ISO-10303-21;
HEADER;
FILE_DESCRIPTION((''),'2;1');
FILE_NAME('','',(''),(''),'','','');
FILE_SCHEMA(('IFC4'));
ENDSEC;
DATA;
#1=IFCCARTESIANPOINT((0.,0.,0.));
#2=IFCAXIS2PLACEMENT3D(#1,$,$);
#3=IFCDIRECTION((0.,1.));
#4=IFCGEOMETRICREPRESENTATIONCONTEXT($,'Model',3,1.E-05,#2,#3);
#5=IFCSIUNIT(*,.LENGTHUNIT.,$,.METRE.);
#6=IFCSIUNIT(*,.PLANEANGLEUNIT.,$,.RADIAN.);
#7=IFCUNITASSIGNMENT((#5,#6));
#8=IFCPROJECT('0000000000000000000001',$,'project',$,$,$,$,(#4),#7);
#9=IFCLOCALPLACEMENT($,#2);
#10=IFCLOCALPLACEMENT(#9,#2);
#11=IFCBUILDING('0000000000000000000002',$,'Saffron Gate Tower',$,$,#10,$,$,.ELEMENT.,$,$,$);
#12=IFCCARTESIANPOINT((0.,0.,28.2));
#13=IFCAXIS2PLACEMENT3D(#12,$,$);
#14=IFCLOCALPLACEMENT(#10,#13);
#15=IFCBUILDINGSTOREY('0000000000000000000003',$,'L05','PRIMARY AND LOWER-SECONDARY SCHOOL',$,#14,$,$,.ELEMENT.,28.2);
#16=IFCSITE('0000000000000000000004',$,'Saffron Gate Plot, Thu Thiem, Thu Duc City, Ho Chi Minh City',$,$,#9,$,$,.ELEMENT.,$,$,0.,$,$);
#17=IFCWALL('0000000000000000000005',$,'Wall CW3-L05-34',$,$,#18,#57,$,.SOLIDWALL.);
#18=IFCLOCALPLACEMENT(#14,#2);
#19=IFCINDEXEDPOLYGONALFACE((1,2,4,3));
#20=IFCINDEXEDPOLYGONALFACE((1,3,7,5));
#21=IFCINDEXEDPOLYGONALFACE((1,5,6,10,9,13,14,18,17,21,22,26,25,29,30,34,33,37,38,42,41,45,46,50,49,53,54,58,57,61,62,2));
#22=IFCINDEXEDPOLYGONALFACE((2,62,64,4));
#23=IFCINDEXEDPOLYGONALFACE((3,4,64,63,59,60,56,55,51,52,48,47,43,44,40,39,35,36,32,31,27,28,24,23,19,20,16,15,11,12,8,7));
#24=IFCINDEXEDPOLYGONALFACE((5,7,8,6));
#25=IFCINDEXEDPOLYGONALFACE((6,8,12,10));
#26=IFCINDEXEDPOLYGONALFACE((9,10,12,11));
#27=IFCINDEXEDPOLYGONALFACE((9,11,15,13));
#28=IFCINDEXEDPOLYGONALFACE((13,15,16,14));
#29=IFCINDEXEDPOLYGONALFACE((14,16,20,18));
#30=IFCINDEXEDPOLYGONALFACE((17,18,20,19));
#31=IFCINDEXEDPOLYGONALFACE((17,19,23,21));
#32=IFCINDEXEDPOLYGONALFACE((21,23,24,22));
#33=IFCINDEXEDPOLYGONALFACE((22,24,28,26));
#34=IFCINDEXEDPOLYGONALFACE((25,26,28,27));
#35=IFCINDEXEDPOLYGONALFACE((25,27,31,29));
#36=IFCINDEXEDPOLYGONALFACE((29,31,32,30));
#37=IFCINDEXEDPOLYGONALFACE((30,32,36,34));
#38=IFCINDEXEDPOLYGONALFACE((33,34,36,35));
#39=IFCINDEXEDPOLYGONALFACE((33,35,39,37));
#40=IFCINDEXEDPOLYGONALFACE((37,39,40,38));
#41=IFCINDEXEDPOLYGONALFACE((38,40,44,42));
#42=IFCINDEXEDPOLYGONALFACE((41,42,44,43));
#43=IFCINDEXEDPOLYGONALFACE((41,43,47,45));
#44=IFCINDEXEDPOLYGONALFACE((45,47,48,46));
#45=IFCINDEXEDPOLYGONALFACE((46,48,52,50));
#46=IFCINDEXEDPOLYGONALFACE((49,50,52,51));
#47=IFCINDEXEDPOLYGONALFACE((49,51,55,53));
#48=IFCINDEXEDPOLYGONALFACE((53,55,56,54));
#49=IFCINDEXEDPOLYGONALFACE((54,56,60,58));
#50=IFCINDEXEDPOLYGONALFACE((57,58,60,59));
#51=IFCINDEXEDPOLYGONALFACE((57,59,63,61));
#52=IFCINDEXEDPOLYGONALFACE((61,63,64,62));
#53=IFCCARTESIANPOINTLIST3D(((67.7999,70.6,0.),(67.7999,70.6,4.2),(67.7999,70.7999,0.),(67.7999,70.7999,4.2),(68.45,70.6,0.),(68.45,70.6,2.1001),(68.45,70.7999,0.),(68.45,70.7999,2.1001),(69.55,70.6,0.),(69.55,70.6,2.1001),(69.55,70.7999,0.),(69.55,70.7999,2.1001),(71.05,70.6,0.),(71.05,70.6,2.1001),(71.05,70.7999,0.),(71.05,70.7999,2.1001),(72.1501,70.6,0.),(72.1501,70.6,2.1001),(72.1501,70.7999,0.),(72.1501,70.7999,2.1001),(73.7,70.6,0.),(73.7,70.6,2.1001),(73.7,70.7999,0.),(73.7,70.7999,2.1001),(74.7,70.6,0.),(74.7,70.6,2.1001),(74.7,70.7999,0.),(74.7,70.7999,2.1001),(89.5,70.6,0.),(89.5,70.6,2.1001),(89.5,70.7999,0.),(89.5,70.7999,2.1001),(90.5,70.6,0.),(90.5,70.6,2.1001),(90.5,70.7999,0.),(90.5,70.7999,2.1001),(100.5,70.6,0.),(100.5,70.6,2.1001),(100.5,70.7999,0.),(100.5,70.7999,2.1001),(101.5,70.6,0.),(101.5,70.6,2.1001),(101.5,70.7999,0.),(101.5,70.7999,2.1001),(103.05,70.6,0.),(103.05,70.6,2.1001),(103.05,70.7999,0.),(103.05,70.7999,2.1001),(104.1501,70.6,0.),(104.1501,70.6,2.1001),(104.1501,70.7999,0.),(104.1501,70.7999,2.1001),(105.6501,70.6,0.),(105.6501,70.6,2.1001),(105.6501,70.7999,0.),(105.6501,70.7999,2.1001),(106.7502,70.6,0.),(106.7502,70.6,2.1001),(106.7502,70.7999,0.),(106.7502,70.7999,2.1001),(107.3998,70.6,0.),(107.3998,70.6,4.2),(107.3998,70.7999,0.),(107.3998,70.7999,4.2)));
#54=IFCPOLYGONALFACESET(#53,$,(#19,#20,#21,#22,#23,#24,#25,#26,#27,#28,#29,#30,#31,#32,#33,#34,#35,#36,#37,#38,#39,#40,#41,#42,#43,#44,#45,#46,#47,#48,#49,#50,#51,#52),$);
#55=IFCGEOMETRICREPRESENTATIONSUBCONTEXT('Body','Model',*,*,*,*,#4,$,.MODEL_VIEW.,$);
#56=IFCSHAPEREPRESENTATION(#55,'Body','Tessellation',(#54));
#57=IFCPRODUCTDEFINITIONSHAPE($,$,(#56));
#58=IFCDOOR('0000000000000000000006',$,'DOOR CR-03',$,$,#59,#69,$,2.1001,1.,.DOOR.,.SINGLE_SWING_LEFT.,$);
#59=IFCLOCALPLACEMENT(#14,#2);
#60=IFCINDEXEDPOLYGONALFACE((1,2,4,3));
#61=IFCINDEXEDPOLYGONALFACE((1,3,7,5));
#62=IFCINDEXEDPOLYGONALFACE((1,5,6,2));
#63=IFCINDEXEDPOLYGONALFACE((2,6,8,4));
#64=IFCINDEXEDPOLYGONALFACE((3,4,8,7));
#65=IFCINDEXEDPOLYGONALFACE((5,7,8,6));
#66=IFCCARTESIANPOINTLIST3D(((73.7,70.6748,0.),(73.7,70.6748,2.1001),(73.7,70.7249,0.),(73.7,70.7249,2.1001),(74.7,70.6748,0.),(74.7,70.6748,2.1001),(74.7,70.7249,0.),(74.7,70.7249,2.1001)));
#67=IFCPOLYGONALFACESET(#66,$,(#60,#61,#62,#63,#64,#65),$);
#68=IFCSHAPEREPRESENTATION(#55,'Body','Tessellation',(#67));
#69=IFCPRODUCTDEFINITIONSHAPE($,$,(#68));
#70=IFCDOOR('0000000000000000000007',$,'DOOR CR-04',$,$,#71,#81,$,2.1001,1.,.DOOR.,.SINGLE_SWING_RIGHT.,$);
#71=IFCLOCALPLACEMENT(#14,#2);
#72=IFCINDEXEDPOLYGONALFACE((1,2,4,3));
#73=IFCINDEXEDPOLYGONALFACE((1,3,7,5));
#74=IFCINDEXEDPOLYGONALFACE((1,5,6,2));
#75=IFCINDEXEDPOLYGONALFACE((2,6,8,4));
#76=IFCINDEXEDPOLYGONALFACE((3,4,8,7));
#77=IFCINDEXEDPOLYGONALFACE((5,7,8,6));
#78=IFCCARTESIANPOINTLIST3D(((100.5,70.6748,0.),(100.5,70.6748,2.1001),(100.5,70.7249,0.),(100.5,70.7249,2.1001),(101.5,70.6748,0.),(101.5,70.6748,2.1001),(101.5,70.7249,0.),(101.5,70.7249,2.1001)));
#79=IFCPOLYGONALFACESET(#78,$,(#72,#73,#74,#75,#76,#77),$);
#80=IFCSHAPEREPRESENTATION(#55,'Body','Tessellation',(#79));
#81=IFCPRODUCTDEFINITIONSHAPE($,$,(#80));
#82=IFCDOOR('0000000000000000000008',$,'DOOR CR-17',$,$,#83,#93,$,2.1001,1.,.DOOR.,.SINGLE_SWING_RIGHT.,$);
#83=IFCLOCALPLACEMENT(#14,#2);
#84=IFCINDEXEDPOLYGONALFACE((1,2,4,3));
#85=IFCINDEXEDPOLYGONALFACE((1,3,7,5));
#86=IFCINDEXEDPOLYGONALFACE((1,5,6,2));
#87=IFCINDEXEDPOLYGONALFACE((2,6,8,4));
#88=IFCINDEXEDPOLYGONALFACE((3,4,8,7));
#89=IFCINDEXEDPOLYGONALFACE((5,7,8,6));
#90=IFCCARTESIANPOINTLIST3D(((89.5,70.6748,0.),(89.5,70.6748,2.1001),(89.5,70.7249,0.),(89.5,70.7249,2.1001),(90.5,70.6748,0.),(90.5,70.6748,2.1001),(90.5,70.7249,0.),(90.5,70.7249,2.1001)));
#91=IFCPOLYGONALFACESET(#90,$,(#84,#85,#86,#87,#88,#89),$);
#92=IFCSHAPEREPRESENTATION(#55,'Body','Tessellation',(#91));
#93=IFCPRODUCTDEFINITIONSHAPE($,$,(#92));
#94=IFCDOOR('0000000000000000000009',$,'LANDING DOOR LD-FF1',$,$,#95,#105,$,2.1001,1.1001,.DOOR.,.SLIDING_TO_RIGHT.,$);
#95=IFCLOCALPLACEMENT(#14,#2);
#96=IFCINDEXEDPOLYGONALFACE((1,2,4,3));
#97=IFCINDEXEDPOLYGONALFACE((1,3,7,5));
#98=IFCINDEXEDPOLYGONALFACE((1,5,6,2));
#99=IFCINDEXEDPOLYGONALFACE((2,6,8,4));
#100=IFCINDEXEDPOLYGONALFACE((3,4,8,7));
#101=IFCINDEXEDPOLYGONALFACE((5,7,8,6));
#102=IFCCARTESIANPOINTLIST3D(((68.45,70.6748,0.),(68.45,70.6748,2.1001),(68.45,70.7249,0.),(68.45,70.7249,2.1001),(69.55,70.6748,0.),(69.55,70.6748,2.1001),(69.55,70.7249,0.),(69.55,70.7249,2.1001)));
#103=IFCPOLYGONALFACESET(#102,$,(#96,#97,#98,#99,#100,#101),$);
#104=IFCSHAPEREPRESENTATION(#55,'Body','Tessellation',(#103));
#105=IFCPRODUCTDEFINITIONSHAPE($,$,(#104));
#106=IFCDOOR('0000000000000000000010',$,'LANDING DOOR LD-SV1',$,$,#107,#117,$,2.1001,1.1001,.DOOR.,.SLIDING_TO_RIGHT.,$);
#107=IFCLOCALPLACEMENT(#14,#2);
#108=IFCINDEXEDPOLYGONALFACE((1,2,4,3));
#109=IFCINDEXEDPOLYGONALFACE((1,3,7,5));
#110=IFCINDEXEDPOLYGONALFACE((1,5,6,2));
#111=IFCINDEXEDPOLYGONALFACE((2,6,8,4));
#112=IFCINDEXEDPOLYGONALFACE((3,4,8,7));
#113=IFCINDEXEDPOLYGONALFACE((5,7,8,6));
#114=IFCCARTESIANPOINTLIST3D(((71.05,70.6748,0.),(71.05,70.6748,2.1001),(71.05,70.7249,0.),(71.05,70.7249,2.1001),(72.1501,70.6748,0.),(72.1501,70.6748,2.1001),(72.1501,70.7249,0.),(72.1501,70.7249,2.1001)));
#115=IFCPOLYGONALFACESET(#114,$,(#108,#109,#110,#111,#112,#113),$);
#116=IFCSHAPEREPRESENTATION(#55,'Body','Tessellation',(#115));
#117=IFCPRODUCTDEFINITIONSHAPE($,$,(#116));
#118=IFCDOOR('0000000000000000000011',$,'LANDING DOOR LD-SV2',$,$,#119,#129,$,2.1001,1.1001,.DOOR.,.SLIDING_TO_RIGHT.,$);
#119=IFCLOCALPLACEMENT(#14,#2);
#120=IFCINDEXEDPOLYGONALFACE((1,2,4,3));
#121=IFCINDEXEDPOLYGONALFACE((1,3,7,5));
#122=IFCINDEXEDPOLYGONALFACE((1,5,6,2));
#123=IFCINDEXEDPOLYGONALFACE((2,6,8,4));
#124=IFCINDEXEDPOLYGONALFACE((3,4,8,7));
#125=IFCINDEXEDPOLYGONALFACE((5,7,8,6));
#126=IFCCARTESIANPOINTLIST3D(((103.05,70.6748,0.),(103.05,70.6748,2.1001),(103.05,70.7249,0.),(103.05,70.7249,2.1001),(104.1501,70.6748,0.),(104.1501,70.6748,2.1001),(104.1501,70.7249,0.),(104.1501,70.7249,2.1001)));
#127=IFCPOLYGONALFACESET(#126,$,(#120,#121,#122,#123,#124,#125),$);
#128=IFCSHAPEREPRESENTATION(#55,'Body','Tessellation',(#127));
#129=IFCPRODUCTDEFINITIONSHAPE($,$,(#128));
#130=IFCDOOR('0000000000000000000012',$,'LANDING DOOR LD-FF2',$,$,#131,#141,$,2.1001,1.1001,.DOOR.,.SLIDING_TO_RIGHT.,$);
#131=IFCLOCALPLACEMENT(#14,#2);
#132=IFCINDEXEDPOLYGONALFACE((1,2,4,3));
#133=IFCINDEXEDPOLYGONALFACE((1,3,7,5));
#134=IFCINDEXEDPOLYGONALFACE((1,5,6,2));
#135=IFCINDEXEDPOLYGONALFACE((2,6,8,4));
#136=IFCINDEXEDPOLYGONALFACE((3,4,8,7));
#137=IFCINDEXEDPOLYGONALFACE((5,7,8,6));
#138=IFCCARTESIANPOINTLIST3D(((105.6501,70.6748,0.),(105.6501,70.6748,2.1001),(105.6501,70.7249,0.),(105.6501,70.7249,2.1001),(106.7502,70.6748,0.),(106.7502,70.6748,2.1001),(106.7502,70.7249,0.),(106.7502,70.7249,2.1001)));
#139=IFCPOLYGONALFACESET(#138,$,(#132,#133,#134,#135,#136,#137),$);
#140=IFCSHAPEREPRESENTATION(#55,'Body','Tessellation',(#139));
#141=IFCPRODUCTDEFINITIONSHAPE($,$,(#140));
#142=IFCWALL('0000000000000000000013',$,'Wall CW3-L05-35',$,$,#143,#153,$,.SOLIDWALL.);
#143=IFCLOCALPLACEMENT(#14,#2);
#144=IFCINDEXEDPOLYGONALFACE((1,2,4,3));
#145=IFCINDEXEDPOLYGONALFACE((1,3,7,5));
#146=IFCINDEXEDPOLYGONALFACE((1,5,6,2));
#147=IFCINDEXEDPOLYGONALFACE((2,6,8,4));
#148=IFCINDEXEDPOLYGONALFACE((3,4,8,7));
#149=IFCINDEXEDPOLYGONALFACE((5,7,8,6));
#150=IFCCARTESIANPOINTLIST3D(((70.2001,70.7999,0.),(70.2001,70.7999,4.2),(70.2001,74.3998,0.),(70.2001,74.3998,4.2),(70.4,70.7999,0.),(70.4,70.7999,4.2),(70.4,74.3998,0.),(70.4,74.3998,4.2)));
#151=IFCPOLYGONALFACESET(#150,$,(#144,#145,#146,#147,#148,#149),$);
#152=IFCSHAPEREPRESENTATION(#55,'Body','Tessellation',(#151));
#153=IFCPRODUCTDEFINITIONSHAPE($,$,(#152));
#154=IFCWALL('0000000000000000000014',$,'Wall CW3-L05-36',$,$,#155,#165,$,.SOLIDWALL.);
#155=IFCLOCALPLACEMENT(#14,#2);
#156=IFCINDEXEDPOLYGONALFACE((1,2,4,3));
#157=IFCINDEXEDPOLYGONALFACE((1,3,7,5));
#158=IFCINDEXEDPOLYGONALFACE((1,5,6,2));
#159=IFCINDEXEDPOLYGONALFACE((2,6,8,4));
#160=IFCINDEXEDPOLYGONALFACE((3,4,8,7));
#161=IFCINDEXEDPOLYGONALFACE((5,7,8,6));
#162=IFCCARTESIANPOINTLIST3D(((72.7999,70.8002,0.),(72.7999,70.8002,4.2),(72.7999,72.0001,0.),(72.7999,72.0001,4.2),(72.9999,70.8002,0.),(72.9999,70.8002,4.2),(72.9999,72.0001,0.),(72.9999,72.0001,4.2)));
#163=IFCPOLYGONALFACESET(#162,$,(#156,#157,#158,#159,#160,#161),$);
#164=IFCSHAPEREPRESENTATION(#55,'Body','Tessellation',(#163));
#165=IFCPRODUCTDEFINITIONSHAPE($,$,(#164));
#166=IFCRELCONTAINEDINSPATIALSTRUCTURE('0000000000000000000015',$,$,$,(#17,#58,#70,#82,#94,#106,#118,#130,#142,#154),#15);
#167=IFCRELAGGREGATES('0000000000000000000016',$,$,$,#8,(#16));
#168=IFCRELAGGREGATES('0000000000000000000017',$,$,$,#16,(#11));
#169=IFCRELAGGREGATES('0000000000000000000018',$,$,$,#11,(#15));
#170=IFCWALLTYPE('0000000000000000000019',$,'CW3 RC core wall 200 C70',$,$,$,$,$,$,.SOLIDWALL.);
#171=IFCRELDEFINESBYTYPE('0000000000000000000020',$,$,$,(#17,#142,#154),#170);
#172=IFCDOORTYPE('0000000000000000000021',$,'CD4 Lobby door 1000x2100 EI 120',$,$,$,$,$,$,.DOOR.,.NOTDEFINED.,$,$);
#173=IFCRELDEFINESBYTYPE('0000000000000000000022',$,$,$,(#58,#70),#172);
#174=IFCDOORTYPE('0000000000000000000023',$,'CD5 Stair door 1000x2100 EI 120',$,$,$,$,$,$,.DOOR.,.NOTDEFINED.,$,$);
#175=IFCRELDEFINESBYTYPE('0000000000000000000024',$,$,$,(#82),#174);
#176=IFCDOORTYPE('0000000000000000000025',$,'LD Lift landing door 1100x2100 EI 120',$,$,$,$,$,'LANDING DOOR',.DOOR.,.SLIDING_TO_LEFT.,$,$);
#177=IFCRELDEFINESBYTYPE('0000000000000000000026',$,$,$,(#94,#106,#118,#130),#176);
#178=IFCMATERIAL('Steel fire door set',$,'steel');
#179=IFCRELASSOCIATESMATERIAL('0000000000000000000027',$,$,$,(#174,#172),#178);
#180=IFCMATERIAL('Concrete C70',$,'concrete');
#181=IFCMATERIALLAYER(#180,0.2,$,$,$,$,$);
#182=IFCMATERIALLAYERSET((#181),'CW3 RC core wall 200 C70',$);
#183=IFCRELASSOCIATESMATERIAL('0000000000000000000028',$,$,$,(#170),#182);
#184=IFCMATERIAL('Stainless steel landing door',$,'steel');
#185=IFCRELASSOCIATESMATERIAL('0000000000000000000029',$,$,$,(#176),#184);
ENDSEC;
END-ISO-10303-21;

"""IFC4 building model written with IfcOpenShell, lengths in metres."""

from ifc_helpers import new_model, si_unit, direction, frame, frame_2d, origin, place, context, subcontext, project, spatial, rectangle, extrude, material, layer, layer_set, type_object, element, fill, save


model = new_model("IFC4")

# Units and contexts
model_context = context("Model", 3, precision=1e-05, world=origin(), true_north=direction((0.0, 1.0)))
body_context = subcontext(model_context, "Body", "Model", "MODEL_VIEW")
ifc_project = project(units=[si_unit("LENGTHUNIT", "METRE"), si_unit("PLANEANGLEUNIT", "RADIAN")], contexts=[model_context])

# Site, building, storey
site_placement = place(None, origin())
site = spatial("IfcSite", under=ifc_project, at=site_placement, Name="Saffron Gate Plot, Thu Thiem, Thu Duc City, Ho Chi Minh City", CompositionType="ELEMENT", RefElevation=0.0)
building_placement = place(site_placement, origin())
building = spatial("IfcBuilding", under=site, at=building_placement, Name="Saffron Gate Tower", CompositionType="ELEMENT")
storey_placement = place(building_placement, frame((0.0, 0.0, 28.2)))
storey = spatial("IfcBuildingStorey", under=building, at=storey_placement, Name="L05", Description="PRIMARY AND LOWER-SECONDARY SCHOOL", CompositionType="ELEMENT", Elevation=28.2)

# Wall, openings, doors
ifc_material_1 = material(Name="Concrete C70", Category="concrete")
ifc_material_2 = material(Name="Steel fire door set", Category="steel")
door_type_1 = type_object("IfcDoorType", Name="CD5 Stair door 1000x2100 EI 120", OperationType="NOTDEFINED", PredefinedType="DOOR", material=ifc_material_2)
ifc_layer_1 = layer(ifc_material_1, 0.2)
ifc_layer_set_1 = layer_set([ifc_layer_1], Name="CW3 RC core wall 200 C70")
wall_type_1 = type_object("IfcWallType", Name="CW3 RC core wall 200 C70", PredefinedType="SOLIDWALL", material=ifc_layer_set_1)
wall_1_placement = place(storey_placement, frame((67.8, 70.7, 0.0), z_axis=(0.0, 0.0, 1.0), x_axis=(1.0, 0.0, 0.0)))
wall_1 = element("IfcWall", 1, at=wall_1_placement, inside=storey, type_object=wall_type_1, Name="Wall CW3-L05-34", PredefinedType="SOLIDWALL", context=body_context, shape_type="SweptSolid", body=[
    extrude(rectangle(XDim=39.5999, YDim=0.2, at=frame_2d((19.7998, 0.0))), origin(), (0.0, 0.0, 1.0), 4.2),
])
opening_1_placement = place(wall_1_placement, frame((0.6499, 0.0, 0.0)))
opening_1 = element("IfcOpeningElement", 2, at=opening_1_placement, cuts=wall_1, PredefinedType="OPENING", context=body_context, shape_type="SweptSolid", body=[
    extrude(rectangle(XDim=1.1001, YDim=2.1001, at=frame_2d((0.55, 1.05))), frame((0.0, 0.1099, 0.0), z_axis=(0.0, -1.0, 0.0), x_axis=(1.0, 0.0, 0.0)), (0.0, 0.0, 1.0), 0.22),
])
opening_2_placement = place(wall_1_placement, frame((3.25, 0.0, 0.0)))
opening_2 = element("IfcOpeningElement", 3, at=opening_2_placement, cuts=wall_1, PredefinedType="OPENING", context=body_context, shape_type="SweptSolid", body=[
    extrude(rectangle(XDim=1.1001, YDim=2.1001, at=frame_2d((0.55, 1.05))), frame((0.0, 0.1099, 0.0), z_axis=(0.0, -1.0, 0.0), x_axis=(1.0, 0.0, 0.0)), (0.0, 0.0, 1.0), 0.22),
])
opening_3_placement = place(wall_1_placement, frame((5.8999, 0.0, 0.0)))
opening_3 = element("IfcOpeningElement", 4, at=opening_3_placement, cuts=wall_1, PredefinedType="OPENING", context=body_context, shape_type="SweptSolid", body=[
    extrude(rectangle(XDim=1.0, YDim=2.1001, at=frame_2d((0.5, 1.05))), frame((0.0, 0.1099, 0.0), z_axis=(0.0, -1.0, 0.0), x_axis=(1.0, 0.0, 0.0)), (0.0, 0.0, 1.0), 0.22),
])
opening_4_placement = place(wall_1_placement, frame((21.7, 0.0, 0.0)))
opening_4 = element("IfcOpeningElement", 5, at=opening_4_placement, cuts=wall_1, PredefinedType="OPENING", context=body_context, shape_type="SweptSolid", body=[
    extrude(rectangle(XDim=1.0, YDim=2.1001, at=frame_2d((0.5, 1.05))), frame((0.0, 0.1099, 0.0), z_axis=(0.0, -1.0, 0.0), x_axis=(1.0, 0.0, 0.0)), (0.0, 0.0, 1.0), 0.22),
])
opening_5_placement = place(wall_1_placement, frame((32.7, 0.0, 0.0)))
opening_5 = element("IfcOpeningElement", 6, at=opening_5_placement, cuts=wall_1, PredefinedType="OPENING", context=body_context, shape_type="SweptSolid", body=[
    extrude(rectangle(XDim=1.0, YDim=2.1001, at=frame_2d((0.5, 1.05))), frame((0.0, 0.1099, 0.0), z_axis=(0.0, -1.0, 0.0), x_axis=(1.0, 0.0, 0.0)), (0.0, 0.0, 1.0), 0.22),
])
opening_6_placement = place(wall_1_placement, frame((35.25, 0.0, 0.0)))
opening_6 = element("IfcOpeningElement", 7, at=opening_6_placement, cuts=wall_1, PredefinedType="OPENING", context=body_context, shape_type="SweptSolid", body=[
    extrude(rectangle(XDim=1.1001, YDim=2.1001, at=frame_2d((0.55, 1.05))), frame((0.0, 0.1099, 0.0), z_axis=(0.0, -1.0, 0.0), x_axis=(1.0, 0.0, 0.0)), (0.0, 0.0, 1.0), 0.22),
])
opening_7_placement = place(wall_1_placement, frame((37.8501, 0.0, 0.0)))
opening_7 = element("IfcOpeningElement", 8, at=opening_7_placement, cuts=wall_1, PredefinedType="OPENING", context=body_context, shape_type="SweptSolid", body=[
    extrude(rectangle(XDim=1.1001, YDim=2.1001, at=frame_2d((0.55, 1.05))), frame((0.0, 0.1099, 0.0), z_axis=(0.0, -1.0, 0.0), x_axis=(1.0, 0.0, 0.0)), (0.0, 0.0, 1.0), 0.22),
])
door_type_2 = type_object("IfcDoorType", Name="CD4 Lobby door 1000x2100 EI 120", OperationType="NOTDEFINED", PredefinedType="DOOR", material=ifc_material_2)
door_1_placement = place(opening_3_placement, origin())
door_1 = element("IfcDoor", 9, at=door_1_placement, inside=storey, type_object=door_type_2, Name="DOOR CR-03", OperationType="SINGLE_SWING_LEFT", OverallHeight=2.1001, OverallWidth=1.0, PredefinedType="DOOR", context=body_context, shape_type="SweptSolid", body=[
    extrude(rectangle(XDim=1.0, YDim=2.1001, at=frame_2d((0.5, 1.05))), frame((0.0, 0.0249, 0.0), z_axis=(0.0, -1.0, 0.0), x_axis=(1.0, 0.0, 0.0)), (0.0, 0.0, 1.0), 0.05),
])
fill(opening_3, door_1)
door_2_placement = place(opening_5_placement, origin())
door_2 = element("IfcDoor", 10, at=door_2_placement, inside=storey, type_object=door_type_2, Name="DOOR CR-04", OperationType="SINGLE_SWING_RIGHT", OverallHeight=2.1001, OverallWidth=1.0, PredefinedType="DOOR", context=body_context, shape_type="SweptSolid", body=[
    extrude(rectangle(XDim=1.0, YDim=2.1001, at=frame_2d((0.5, 1.05))), frame((0.0, 0.0249, 0.0), z_axis=(0.0, -1.0, 0.0), x_axis=(1.0, 0.0, 0.0)), (0.0, 0.0, 1.0), 0.05),
])
fill(opening_5, door_2)
door_3_placement = place(opening_4_placement, origin())
door_3 = element("IfcDoor", 11, at=door_3_placement, inside=storey, type_object=door_type_1, Name="DOOR CR-17", OperationType="SINGLE_SWING_RIGHT", OverallHeight=2.1001, OverallWidth=1.0, PredefinedType="DOOR", context=body_context, shape_type="SweptSolid", body=[
    extrude(rectangle(XDim=1.0, YDim=2.1001, at=frame_2d((0.5, 1.05))), frame((0.0, 0.0249, 0.0), z_axis=(0.0, -1.0, 0.0), x_axis=(1.0, 0.0, 0.0)), (0.0, 0.0, 1.0), 0.05),
])
fill(opening_4, door_3)
ifc_material_3 = material(Name="Stainless steel landing door", Category="steel")
door_type_3 = type_object("IfcDoorType", Name="LD Lift landing door 1100x2100 EI 120", ElementType="LANDING DOOR", OperationType="SLIDING_TO_LEFT", PredefinedType="DOOR", material=ifc_material_3)
door_4_placement = place(opening_1_placement, origin())
door_4 = element("IfcDoor", 12, at=door_4_placement, inside=storey, type_object=door_type_3, Name="LANDING DOOR LD-FF1", OperationType="SLIDING_TO_RIGHT", OverallHeight=2.1001, OverallWidth=1.1001, PredefinedType="DOOR", context=body_context, shape_type="SweptSolid", body=[
    extrude(rectangle(XDim=1.1001, YDim=2.1001, at=frame_2d((0.55, 1.05))), frame((0.0, 0.0249, 0.0), z_axis=(0.0, -1.0, 0.0), x_axis=(1.0, 0.0, 0.0)), (0.0, 0.0, 1.0), 0.05),
])
fill(opening_1, door_4)
door_5_placement = place(opening_2_placement, origin())
door_5 = element("IfcDoor", 13, at=door_5_placement, inside=storey, type_object=door_type_3, Name="LANDING DOOR LD-SV1", OperationType="SLIDING_TO_RIGHT", OverallHeight=2.1001, OverallWidth=1.1001, PredefinedType="DOOR", context=body_context, shape_type="SweptSolid", body=[
    extrude(rectangle(XDim=1.1001, YDim=2.1001, at=frame_2d((0.55, 1.05))), frame((0.0, 0.0249, 0.0), z_axis=(0.0, -1.0, 0.0), x_axis=(1.0, 0.0, 0.0)), (0.0, 0.0, 1.0), 0.05),
])
fill(opening_2, door_5)
door_6_placement = place(opening_6_placement, origin())
door_6 = element("IfcDoor", 14, at=door_6_placement, inside=storey, type_object=door_type_3, Name="LANDING DOOR LD-SV2", OperationType="SLIDING_TO_RIGHT", OverallHeight=2.1001, OverallWidth=1.1001, PredefinedType="DOOR", context=body_context, shape_type="SweptSolid", body=[
    extrude(rectangle(XDim=1.1001, YDim=2.1001, at=frame_2d((0.55, 1.05))), frame((0.0, 0.0249, 0.0), z_axis=(0.0, -1.0, 0.0), x_axis=(1.0, 0.0, 0.0)), (0.0, 0.0, 1.0), 0.05),
])
fill(opening_6, door_6)
door_7_placement = place(opening_7_placement, origin())
door_7 = element("IfcDoor", 15, at=door_7_placement, inside=storey, type_object=door_type_3, Name="LANDING DOOR LD-FF2", OperationType="SLIDING_TO_RIGHT", OverallHeight=2.1001, OverallWidth=1.1001, PredefinedType="DOOR", context=body_context, shape_type="SweptSolid", body=[
    extrude(rectangle(XDim=1.1001, YDim=2.1001, at=frame_2d((0.55, 1.05))), frame((0.0, 0.0249, 0.0), z_axis=(0.0, -1.0, 0.0), x_axis=(1.0, 0.0, 0.0)), (0.0, 0.0, 1.0), 0.05),
])
fill(opening_7, door_7)

# Walls
wall_2_placement = place(storey_placement, frame((70.3, 70.8, 0.0), z_axis=(0.0, 0.0, 1.0), x_axis=(0.0, 1.0, 0.0)))
element("IfcWall", 16, at=wall_2_placement, inside=storey, type_object=wall_type_1, Name="Wall CW3-L05-35", PredefinedType="SOLIDWALL", context=body_context, shape_type="SweptSolid", body=[
    extrude(rectangle(XDim=3.5999, YDim=0.2, at=frame_2d((1.7998, 0.0))), origin(), (0.0, 0.0, 1.0), 4.2),
])
wall_3_placement = place(storey_placement, frame((72.8999, 70.8, 0.0), z_axis=(0.0, 0.0, 1.0), x_axis=(0.0, 1.0, 0.0)))
element("IfcWall", 17, at=wall_3_placement, inside=storey, type_object=wall_type_1, Name="Wall CW3-L05-36", PredefinedType="SOLIDWALL", context=body_context, shape_type="SweptSolid", body=[
    extrude(rectangle(XDim=1.2, YDim=0.2, at=frame_2d((0.6001, 0.0))), origin(), (0.0, 0.0, 1.0), 4.2),
])

save(model, "model.ifc")
